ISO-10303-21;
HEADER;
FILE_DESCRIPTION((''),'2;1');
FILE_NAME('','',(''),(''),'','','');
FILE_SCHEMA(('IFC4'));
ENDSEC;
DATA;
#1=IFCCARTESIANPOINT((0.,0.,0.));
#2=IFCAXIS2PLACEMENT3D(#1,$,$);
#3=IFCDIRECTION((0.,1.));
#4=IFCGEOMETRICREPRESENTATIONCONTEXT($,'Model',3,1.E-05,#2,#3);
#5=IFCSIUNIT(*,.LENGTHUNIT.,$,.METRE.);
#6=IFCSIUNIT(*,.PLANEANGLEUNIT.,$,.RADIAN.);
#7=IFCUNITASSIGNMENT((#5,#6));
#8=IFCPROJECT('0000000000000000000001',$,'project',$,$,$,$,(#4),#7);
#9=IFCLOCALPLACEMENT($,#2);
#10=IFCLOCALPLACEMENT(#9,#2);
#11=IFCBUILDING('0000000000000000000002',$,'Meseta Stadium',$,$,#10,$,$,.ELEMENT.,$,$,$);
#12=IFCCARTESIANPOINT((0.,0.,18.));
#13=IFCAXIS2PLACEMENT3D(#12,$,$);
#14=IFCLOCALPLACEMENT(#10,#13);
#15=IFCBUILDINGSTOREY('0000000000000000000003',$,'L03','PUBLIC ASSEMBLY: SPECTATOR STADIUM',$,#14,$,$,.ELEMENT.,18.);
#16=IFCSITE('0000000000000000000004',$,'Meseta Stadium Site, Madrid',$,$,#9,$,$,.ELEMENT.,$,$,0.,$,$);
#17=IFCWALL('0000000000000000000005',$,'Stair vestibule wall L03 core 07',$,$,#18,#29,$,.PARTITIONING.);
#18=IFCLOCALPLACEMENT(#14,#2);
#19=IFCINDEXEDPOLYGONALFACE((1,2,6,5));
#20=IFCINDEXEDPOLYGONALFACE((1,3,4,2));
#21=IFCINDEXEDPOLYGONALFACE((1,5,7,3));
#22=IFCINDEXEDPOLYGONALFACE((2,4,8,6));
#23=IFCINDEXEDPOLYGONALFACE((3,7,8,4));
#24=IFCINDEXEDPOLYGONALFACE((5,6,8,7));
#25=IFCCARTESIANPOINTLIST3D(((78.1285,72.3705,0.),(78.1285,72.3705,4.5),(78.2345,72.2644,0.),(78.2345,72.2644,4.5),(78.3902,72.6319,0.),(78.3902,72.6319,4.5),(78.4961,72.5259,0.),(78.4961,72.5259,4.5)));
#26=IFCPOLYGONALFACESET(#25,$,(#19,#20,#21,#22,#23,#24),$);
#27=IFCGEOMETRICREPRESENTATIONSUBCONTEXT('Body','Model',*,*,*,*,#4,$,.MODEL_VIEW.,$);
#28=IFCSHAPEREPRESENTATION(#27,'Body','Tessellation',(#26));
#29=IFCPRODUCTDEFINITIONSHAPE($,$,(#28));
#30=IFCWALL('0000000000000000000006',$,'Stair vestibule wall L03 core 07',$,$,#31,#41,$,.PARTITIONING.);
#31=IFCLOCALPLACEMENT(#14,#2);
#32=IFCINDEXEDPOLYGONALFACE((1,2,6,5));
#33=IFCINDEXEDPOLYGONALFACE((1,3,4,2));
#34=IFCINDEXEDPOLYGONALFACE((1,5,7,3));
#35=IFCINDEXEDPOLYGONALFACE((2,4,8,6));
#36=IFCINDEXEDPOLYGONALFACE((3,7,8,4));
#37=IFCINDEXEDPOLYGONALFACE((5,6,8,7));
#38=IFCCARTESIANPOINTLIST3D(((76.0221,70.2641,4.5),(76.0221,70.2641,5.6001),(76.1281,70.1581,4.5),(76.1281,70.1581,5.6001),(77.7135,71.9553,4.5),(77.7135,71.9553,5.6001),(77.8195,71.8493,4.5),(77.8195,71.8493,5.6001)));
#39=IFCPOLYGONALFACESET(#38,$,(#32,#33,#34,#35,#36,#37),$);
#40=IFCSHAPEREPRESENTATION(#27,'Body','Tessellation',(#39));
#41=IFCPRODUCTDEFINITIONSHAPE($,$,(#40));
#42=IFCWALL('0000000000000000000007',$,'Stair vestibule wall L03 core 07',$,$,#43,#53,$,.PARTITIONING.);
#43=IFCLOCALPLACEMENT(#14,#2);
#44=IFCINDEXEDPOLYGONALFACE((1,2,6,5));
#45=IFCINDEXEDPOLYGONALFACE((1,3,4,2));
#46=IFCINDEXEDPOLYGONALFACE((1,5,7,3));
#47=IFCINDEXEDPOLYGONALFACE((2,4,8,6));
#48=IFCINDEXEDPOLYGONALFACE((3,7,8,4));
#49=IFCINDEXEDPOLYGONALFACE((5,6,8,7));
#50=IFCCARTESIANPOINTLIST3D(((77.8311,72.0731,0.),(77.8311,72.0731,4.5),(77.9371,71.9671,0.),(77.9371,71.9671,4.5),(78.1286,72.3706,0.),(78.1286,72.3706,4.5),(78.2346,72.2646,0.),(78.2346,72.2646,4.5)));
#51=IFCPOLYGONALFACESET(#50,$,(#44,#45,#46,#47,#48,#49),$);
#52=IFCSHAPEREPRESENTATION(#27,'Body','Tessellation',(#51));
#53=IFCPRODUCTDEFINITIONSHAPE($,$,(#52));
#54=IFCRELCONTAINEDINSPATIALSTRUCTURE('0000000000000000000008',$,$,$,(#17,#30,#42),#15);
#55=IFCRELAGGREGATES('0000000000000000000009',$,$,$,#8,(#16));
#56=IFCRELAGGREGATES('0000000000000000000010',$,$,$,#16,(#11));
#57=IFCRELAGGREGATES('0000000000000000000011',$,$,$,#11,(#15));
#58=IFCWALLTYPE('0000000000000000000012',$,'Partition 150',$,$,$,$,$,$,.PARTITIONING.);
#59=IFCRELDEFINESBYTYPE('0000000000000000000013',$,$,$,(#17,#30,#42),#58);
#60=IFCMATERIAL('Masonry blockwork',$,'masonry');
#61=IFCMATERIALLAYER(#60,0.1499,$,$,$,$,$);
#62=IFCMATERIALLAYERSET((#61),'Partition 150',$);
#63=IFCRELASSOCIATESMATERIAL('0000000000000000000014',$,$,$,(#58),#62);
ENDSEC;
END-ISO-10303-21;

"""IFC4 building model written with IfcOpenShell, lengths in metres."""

from ifc_helpers import new_model, si_unit, direction, frame, frame_2d, origin, place, context, subcontext, project, spatial, rectangle, extrude, material, layer, layer_set, type_object, element, save


model = new_model("IFC4")

# Units and contexts
model_context = context("Model", 3, precision=1e-05, world=origin(), true_north=direction((0.0, 1.0)))
body_context = subcontext(model_context, "Body", "Model", "MODEL_VIEW")
ifc_project = project(units=[si_unit("LENGTHUNIT", "METRE"), si_unit("PLANEANGLEUNIT", "RADIAN")], contexts=[model_context])

# Site, building, storey
site_placement = place(None, origin())
site = spatial("IfcSite", under=ifc_project, at=site_placement, Name="Meseta Stadium Site, Madrid", CompositionType="ELEMENT", RefElevation=0.0)
building_placement = place(site_placement, origin())
building = spatial("IfcBuilding", under=site, at=building_placement, Name="Meseta Stadium", CompositionType="ELEMENT")
storey_placement = place(building_placement, frame((0.0, 0.0, 18.0)))
storey = spatial("IfcBuildingStorey", under=building, at=storey_placement, Name="L03", Description="PUBLIC ASSEMBLY: SPECTATOR STADIUM", CompositionType="ELEMENT", Elevation=18.0)

# Shared definitions
ifc_material_1 = material(Name="Masonry blockwork", Category="masonry")
ifc_layer = layer(ifc_material_1, 0.1499)
ifc_layer_set = layer_set([ifc_layer], Name="Partition 150")
wall_type = type_object("IfcWallType", Name="Partition 150", PredefinedType="PARTITIONING", material=ifc_layer_set)

# Walls
wall_1_placement = place(storey_placement, frame((78.1814, 72.3174, 0.0), z_axis=(0.0, 0.0, 1.0), x_axis=(0.707437, 0.706777, 0.0)))
element("IfcWall", 1, at=wall_1_placement, inside=storey, type_object=wall_type, Name="Stair vestibule wall L03 core 07", PredefinedType="PARTITIONING", context=body_context, shape_type="SweptSolid", body=[
    extrude(rectangle(XDim=0.3699, YDim=0.1499, at=frame_2d((0.1851, 0.0))), origin(), (0.0, 0.0, 1.0), 4.5),
])
wall_2_placement = place(storey_placement, frame((76.0752, 70.2112, 4.5), z_axis=(0.0, 0.0, 1.0), x_axis=(0.707158, 0.707056, 0.0)))
element("IfcWall", 2, at=wall_2_placement, inside=storey, type_object=wall_type, Name="Stair vestibule wall L03 core 07", PredefinedType="PARTITIONING", context=body_context, shape_type="SweptSolid", body=[
    extrude(rectangle(XDim=2.3918, YDim=0.1499, at=frame_2d((1.1958, 0.0))), origin(), (0.0, 0.0, 1.0), 1.1001),
])
wall_3_placement = place(storey_placement, frame((77.884, 72.02, 0.0), z_axis=(0.0, 0.0, 1.0), x_axis=(0.707107, 0.707107, 0.0)))
element("IfcWall", 3, at=wall_3_placement, inside=storey, type_object=wall_type, Name="Stair vestibule wall L03 core 07", PredefinedType="PARTITIONING", context=body_context, shape_type="SweptSolid", body=[
    extrude(rectangle(XDim=0.4207, YDim=0.1499, at=frame_2d((0.2104, 0.0))), origin(), (0.0, 0.0, 1.0), 4.5),
])

save(model, "model.ifc")
